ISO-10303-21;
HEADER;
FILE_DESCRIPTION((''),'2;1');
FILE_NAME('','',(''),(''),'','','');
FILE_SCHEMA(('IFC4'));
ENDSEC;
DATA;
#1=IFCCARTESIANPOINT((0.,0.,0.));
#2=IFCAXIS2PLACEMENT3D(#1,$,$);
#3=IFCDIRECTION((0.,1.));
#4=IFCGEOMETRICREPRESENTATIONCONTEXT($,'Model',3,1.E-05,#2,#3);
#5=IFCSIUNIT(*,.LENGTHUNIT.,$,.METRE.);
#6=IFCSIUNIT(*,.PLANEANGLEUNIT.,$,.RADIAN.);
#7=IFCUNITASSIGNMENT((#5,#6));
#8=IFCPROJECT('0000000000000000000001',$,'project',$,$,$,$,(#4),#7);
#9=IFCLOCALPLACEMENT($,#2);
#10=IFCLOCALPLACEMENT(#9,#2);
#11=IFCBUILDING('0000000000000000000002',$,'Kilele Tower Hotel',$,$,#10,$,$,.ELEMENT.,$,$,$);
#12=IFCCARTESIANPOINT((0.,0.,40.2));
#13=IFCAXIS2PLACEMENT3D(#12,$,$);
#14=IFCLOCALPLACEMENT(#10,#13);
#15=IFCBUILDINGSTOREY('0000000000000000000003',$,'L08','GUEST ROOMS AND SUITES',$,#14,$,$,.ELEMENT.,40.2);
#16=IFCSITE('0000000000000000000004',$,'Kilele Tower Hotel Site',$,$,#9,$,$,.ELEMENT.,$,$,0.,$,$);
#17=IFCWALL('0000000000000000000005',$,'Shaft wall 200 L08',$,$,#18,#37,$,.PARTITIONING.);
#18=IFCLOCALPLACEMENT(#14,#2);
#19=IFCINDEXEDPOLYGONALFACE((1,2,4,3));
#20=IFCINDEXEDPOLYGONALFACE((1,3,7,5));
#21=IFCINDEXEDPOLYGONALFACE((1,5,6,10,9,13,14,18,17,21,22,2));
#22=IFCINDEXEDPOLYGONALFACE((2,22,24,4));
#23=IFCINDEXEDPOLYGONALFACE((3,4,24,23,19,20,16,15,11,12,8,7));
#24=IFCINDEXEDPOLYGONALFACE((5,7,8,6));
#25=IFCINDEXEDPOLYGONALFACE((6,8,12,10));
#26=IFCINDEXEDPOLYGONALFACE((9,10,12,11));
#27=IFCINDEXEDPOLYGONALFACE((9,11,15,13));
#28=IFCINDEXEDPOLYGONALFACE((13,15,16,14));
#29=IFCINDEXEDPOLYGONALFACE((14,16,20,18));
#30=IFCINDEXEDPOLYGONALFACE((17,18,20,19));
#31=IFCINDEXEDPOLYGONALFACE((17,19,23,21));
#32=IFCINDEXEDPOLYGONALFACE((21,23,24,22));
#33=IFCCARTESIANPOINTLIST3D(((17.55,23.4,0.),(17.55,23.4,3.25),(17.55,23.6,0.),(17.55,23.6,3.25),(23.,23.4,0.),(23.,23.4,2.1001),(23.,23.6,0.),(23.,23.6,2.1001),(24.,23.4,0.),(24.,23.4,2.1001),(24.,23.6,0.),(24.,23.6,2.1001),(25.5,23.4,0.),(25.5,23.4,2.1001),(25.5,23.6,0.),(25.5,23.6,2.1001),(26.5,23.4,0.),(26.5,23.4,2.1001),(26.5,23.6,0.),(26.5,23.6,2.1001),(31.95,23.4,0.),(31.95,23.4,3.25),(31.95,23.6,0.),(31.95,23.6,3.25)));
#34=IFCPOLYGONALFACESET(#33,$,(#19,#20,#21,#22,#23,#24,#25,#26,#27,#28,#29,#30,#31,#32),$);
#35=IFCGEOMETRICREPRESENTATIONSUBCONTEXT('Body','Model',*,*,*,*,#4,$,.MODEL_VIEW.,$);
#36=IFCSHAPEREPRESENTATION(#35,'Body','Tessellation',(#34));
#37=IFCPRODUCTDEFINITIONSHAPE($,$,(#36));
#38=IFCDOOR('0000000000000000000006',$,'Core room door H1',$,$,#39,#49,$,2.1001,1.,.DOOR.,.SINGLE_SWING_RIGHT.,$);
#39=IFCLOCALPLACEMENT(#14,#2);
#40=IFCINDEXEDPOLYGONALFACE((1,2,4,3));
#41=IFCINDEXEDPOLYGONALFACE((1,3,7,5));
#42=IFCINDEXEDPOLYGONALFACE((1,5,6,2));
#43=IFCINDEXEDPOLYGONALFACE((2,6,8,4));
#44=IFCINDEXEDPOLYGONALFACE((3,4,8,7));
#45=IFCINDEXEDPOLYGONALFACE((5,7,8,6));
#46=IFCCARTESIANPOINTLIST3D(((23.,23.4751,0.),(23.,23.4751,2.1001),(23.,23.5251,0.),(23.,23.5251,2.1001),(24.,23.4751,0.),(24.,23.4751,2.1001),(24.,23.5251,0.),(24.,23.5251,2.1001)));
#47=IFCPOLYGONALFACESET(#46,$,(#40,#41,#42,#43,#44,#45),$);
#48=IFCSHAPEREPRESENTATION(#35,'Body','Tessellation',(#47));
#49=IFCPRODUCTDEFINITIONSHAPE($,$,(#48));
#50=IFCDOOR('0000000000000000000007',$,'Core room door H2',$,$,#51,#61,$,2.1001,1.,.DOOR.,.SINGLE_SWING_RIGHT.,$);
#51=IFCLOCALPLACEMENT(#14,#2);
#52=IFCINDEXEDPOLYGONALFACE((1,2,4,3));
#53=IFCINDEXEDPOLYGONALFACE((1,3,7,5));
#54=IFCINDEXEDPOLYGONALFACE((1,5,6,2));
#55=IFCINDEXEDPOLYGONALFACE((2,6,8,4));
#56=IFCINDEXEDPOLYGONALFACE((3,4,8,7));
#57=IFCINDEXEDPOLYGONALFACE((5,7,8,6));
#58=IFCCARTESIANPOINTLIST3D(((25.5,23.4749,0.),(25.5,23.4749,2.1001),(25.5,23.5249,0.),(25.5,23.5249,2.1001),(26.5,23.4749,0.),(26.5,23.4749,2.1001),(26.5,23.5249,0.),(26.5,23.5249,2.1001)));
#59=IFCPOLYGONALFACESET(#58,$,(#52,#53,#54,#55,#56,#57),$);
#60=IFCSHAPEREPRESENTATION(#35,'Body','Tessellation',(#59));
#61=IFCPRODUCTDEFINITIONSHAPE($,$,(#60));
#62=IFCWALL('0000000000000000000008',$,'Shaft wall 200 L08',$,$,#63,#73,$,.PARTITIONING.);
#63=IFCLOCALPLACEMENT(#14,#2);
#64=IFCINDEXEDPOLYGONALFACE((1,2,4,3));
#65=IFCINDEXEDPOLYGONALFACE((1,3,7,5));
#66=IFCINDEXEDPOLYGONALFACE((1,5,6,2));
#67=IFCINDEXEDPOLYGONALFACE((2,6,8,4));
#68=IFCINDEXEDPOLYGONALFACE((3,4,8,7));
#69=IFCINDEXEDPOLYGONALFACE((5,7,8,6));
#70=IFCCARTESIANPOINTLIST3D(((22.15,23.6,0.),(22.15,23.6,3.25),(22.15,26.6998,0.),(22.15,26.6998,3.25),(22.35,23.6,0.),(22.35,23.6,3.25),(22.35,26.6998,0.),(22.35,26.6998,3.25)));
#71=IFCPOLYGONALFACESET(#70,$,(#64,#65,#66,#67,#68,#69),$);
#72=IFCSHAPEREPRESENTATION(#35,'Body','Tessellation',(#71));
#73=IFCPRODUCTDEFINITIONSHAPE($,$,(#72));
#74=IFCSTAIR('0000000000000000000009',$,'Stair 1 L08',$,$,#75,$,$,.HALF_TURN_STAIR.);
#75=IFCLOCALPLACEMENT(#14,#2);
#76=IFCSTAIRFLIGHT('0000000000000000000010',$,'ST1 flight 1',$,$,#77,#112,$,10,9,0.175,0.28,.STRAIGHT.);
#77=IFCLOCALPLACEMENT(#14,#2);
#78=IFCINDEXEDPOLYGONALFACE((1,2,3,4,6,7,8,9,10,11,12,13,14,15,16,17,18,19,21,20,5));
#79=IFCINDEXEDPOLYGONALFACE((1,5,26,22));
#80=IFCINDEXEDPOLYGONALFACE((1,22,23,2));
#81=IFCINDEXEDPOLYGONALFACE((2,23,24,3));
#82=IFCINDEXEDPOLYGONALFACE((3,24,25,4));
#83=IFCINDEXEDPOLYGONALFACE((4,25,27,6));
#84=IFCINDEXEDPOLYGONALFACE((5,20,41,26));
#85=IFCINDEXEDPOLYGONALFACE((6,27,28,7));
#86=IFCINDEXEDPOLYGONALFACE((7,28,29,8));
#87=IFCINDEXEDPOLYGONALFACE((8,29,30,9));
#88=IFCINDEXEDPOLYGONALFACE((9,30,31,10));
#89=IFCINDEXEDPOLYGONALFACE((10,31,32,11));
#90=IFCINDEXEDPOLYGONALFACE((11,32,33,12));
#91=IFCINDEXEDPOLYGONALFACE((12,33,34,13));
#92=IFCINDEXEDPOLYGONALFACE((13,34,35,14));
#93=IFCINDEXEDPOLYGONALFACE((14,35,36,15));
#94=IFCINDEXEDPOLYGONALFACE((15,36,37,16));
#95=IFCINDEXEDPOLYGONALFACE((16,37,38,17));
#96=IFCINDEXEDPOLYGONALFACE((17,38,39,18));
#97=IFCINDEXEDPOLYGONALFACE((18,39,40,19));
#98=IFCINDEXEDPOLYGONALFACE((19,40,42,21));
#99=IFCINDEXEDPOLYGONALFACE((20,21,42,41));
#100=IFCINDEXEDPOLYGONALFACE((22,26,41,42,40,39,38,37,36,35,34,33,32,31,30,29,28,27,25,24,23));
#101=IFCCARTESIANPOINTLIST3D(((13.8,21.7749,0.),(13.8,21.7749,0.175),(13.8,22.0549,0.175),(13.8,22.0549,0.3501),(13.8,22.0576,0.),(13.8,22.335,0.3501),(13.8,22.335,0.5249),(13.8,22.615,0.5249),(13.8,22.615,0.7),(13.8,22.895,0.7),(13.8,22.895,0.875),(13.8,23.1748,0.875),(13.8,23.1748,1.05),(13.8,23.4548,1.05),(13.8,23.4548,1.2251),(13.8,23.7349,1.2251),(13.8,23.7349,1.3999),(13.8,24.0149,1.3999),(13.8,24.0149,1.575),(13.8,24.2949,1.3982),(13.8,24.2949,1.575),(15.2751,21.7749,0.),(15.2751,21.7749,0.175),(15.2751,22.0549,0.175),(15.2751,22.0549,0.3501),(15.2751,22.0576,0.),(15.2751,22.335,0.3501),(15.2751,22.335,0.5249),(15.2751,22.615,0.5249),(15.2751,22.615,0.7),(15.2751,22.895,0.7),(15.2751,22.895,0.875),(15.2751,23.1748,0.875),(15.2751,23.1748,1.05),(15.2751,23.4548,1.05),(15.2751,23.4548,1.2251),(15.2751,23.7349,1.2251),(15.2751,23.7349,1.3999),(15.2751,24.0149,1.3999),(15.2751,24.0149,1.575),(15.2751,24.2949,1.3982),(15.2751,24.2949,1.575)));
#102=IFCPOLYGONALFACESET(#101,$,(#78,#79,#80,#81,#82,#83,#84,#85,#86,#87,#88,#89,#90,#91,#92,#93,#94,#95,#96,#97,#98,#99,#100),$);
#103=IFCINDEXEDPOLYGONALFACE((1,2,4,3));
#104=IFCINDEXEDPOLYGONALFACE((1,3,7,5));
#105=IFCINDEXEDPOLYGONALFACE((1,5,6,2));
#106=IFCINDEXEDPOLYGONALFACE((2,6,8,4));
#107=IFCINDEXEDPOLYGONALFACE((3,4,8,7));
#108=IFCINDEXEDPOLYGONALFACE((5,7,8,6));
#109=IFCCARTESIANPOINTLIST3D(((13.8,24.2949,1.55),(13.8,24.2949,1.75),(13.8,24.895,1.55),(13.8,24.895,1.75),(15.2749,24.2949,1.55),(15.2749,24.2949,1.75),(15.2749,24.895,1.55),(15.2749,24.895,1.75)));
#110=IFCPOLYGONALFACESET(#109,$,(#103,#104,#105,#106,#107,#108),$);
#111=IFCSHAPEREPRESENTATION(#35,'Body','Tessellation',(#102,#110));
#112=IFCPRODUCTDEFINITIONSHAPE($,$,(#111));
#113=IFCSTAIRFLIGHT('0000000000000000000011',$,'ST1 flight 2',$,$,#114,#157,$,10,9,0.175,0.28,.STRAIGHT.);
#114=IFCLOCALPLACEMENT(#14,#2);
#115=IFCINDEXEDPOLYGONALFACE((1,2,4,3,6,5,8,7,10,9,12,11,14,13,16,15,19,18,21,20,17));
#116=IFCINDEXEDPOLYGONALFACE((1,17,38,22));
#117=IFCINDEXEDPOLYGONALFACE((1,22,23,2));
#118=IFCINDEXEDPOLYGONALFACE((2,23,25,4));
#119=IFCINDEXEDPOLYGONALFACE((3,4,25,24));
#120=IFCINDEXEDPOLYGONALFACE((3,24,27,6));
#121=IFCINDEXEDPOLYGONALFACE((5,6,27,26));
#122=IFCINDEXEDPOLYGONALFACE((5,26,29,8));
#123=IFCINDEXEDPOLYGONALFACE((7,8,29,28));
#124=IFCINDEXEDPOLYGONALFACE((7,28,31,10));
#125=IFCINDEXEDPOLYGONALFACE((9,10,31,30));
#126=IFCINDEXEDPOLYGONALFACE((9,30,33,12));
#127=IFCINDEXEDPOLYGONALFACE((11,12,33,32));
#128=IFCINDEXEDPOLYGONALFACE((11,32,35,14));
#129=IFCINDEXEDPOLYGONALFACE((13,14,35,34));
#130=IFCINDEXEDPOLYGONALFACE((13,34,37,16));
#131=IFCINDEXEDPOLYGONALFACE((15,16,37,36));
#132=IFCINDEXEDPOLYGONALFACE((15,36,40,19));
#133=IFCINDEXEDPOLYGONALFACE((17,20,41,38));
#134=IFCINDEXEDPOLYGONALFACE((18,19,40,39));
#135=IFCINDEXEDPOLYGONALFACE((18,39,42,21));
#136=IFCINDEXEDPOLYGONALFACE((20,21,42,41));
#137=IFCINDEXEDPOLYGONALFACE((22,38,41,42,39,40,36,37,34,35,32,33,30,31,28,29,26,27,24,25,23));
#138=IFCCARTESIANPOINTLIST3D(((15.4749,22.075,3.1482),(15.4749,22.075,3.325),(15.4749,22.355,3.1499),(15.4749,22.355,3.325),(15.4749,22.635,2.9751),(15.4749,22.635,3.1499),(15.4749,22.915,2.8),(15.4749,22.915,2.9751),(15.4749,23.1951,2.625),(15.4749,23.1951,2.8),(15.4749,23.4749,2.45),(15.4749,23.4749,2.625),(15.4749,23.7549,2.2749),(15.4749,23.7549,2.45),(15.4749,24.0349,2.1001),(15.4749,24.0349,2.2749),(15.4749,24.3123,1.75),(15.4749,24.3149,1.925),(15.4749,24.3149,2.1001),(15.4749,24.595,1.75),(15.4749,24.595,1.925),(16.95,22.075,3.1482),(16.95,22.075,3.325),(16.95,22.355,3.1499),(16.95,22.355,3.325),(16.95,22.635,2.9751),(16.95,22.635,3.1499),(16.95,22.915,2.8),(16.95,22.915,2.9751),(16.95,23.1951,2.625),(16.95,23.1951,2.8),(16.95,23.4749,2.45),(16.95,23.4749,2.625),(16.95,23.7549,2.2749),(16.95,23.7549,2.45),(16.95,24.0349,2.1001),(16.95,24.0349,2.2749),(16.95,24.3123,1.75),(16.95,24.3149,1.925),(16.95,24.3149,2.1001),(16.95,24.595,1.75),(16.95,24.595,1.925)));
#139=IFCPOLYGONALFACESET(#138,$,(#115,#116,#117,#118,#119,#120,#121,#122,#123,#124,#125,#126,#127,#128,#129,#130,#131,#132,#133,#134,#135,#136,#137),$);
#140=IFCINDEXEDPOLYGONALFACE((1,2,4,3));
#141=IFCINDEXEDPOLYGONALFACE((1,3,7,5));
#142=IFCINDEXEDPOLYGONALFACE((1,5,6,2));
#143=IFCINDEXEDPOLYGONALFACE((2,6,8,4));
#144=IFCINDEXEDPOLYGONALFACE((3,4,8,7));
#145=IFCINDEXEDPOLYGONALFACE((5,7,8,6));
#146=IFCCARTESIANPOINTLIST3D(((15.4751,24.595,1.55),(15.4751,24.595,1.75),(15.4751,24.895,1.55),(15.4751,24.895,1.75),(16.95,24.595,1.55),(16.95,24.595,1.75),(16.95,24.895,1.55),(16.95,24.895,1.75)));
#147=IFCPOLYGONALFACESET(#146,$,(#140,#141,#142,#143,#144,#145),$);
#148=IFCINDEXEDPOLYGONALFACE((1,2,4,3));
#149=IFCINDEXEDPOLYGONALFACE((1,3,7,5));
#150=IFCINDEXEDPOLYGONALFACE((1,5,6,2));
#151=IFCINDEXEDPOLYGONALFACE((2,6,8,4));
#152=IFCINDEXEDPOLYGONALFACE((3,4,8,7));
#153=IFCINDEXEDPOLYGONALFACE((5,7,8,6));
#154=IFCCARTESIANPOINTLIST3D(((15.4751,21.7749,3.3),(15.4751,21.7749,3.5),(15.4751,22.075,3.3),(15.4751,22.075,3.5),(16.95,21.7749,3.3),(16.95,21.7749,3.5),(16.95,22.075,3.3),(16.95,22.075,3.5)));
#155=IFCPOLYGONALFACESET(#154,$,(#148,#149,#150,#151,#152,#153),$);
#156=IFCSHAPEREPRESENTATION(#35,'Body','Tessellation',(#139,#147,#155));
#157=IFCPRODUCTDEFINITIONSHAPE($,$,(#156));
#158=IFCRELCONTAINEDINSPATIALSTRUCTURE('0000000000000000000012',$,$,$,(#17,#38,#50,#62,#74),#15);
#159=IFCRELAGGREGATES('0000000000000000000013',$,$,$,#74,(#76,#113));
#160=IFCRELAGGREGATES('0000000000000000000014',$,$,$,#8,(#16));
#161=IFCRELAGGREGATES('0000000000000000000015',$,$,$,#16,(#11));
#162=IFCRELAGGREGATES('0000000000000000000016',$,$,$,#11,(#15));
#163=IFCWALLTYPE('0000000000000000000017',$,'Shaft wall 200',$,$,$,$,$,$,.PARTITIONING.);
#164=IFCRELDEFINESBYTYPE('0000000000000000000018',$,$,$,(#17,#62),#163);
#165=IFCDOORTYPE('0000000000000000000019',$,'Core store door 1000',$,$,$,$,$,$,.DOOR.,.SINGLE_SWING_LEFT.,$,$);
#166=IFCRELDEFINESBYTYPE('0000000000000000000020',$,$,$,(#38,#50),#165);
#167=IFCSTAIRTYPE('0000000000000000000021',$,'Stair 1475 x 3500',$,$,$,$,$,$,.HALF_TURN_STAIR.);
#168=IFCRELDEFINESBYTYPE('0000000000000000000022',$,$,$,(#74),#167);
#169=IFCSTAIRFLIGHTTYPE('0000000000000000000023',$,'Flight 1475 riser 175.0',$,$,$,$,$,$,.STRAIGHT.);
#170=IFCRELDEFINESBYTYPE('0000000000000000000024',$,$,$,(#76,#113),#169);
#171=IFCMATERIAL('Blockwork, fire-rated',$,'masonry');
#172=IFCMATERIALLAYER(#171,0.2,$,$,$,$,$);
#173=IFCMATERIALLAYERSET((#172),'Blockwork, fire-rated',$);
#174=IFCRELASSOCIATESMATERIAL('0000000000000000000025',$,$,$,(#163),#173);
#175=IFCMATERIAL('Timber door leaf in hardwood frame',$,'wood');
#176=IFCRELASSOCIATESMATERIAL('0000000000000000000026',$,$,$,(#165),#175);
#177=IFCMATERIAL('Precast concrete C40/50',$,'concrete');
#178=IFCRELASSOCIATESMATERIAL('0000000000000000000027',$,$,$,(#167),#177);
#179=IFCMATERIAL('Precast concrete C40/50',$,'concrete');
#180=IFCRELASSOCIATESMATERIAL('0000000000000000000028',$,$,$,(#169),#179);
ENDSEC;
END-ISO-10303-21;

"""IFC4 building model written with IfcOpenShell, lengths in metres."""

from ifc_helpers import new_model, si_unit, direction, frame, frame_2d, origin, place, context, subcontext, project, spatial, polyline, rectangle, outline, extrude, material, layer, layer_set, type_object, element, fill, aggregate, save


model = new_model("IFC4")

# Units and contexts
model_context = context("Model", 3, precision=1e-05, world=origin(), true_north=direction((0.0, 1.0)))
body_context = subcontext(model_context, "Body", "Model", "MODEL_VIEW")
ifc_project = project(units=[si_unit("LENGTHUNIT", "METRE"), si_unit("PLANEANGLEUNIT", "RADIAN")], contexts=[model_context])

# Site, building, storey
site_placement = place(None, origin())
site = spatial("IfcSite", under=ifc_project, at=site_placement, Name="Kilele Tower Hotel Site", CompositionType="ELEMENT", RefElevation=0.0)
building_placement = place(site_placement, origin())
building = spatial("IfcBuilding", under=site, at=building_placement, Name="Kilele Tower Hotel", CompositionType="ELEMENT")
storey_placement = place(building_placement, frame((0.0, 0.0, 40.2)))
storey = spatial("IfcBuildingStorey", under=building, at=storey_placement, Name="L08", Description="GUEST ROOMS AND SUITES", CompositionType="ELEMENT", Elevation=40.2)

# Shared definitions
ifc_material_1 = material(Name="Blockwork, fire-rated", Category="masonry")
ifc_layer_1 = layer(ifc_material_1, 0.2)
ifc_layer_set_1 = layer_set([ifc_layer_1], Name="Blockwork, fire-rated")
wall_type_1 = type_object("IfcWallType", Name="Shaft wall 200", PredefinedType="PARTITIONING", material=ifc_layer_set_1)

# Wall, openings, doors
wall_1_placement = place(storey_placement, frame((17.55, 23.5, 0.0), z_axis=(0.0, 0.0, 1.0), x_axis=(1.0, 0.0, 0.0)))
wall_1 = element("IfcWall", 1, at=wall_1_placement, inside=storey, type_object=wall_type_1, Name="Shaft wall 200 L08", PredefinedType="PARTITIONING", context=body_context, shape_type="SweptSolid", body=[
    extrude(rectangle(XDim=14.3999, YDim=0.2, at=frame_2d((7.2, 0.0))), origin(), (0.0, 0.0, 1.0), 3.25),
])
opening_1_placement = place(wall_1_placement, frame((6.45, 0.0, 0.0), z_axis=(0.0, 0.0, 1.0), x_axis=(-1.0, 0.0, 0.0)))
opening_1 = element("IfcOpeningElement", 2, at=opening_1_placement, cuts=wall_1, PredefinedType="OPENING", context=body_context, shape_type="SweptSolid", body=[
    extrude(rectangle(XDim=1.0, YDim=2.1001, at=frame_2d((0.5, 1.05))), frame((0.0, 0.1099, 0.0), z_axis=(0.0, -1.0, 0.0), x_axis=(1.0, 0.0, 0.0)), (0.0, 0.0, 1.0), 0.22),
])
opening_2_placement = place(wall_1_placement, frame((7.95, 0.0, 0.0)))
opening_2 = element("IfcOpeningElement", 3, at=opening_2_placement, cuts=wall_1, PredefinedType="OPENING", context=body_context, shape_type="SweptSolid", body=[
    extrude(rectangle(XDim=1.0, YDim=2.1001, at=frame_2d((0.5, 1.05))), frame((0.0, 0.1099, 0.0), z_axis=(0.0, -1.0, 0.0), x_axis=(1.0, 0.0, 0.0)), (0.0, 0.0, 1.0), 0.22),
])
ifc_material_2 = material(Name="Timber door leaf in hardwood frame", Category="wood")
door_type_1 = type_object("IfcDoorType", Name="Core store door 1000", OperationType="SINGLE_SWING_LEFT", PredefinedType="DOOR", material=ifc_material_2)
door_1_placement = place(opening_1_placement, origin())
door_1 = element("IfcDoor", 4, at=door_1_placement, inside=storey, type_object=door_type_1, Name="Core room door H1", OperationType="SINGLE_SWING_RIGHT", OverallHeight=2.1001, OverallWidth=1.0, PredefinedType="DOOR", context=body_context, shape_type="SweptSolid", body=[
    extrude(rectangle(XDim=1.0, YDim=2.1001, at=frame_2d((0.5, 1.05))), frame((0.0, 0.0249, 0.0), z_axis=(0.0, -1.0, 0.0), x_axis=(1.0, 0.0, 0.0)), (0.0, 0.0, 1.0), 0.05),
])
fill(opening_1, door_1)
door_2_placement = place(opening_2_placement, origin())
door_2 = element("IfcDoor", 5, at=door_2_placement, inside=storey, type_object=door_type_1, Name="Core room door H2", OperationType="SINGLE_SWING_RIGHT", OverallHeight=2.1001, OverallWidth=1.0, PredefinedType="DOOR", context=body_context, shape_type="SweptSolid", body=[
    extrude(rectangle(XDim=1.0, YDim=2.1001, at=frame_2d((0.5, 1.05))), frame((0.0, 0.0249, 0.0), z_axis=(0.0, -1.0, 0.0), x_axis=(1.0, 0.0, 0.0)), (0.0, 0.0, 1.0), 0.05),
])
fill(opening_2, door_2)

# Wall
wall_2_placement = place(storey_placement, frame((22.25, 23.6001, 0.0), z_axis=(0.0, 0.0, 1.0), x_axis=(0.0, 1.0, 0.0)))
element("IfcWall", 6, at=wall_2_placement, inside=storey, type_object=wall_type_1, Name="Shaft wall 200 L08", PredefinedType="PARTITIONING", context=body_context, shape_type="SweptSolid", body=[
    extrude(rectangle(XDim=3.0999, YDim=0.2, at=frame_2d((1.5498, 0.0))), origin(), (0.0, 0.0, 1.0), 3.25),
])

# Stair, stair flights
ifc_material_3 = material(Name="Precast concrete C40/50", Category="concrete")
stair_type = type_object("IfcStairType", Name="Stair 1475 x 3500", PredefinedType="HALF_TURN_STAIR", material=ifc_material_3)
stair_placement = place(storey_placement, origin())
stair = element("IfcStair", 7, at=stair_placement, inside=storey, type_object=stair_type, Name="Stair 1 L08", PredefinedType="HALF_TURN_STAIR")
ifc_material_4 = material(Name="Precast concrete C40/50", Category="concrete")
stair_flight_type = type_object("IfcStairFlightType", Name="Flight 1475 riser 175.0", PredefinedType="STRAIGHT", material=ifc_material_4)
stair_flight_1_placement = place(storey_placement, frame((14.5376, 21.7749, 0.0), z_axis=(0.0, 0.0, 1.0), x_axis=(0.0, 1.0, 0.0)))
stair_flight_1 = element("IfcStairFlight", 8, at=stair_flight_1_placement, type_object=stair_flight_type, Name="ST1 flight 1", NumberOfRisers=10, NumberOfTreads=9, PredefinedType="STRAIGHT", RiserHeight=0.175, TreadLength=0.28, context=body_context, shape_type="SweptSolid", body=[
    extrude(outline(polyline([(0.0, 0.0), (0.0, 0.175), (0.28, 0.175), (0.28, 0.3501), (0.5601, 0.3501), (0.5601, 0.5249), (0.8401, 0.5249), (0.8401, 0.7), (1.1201, 0.7), (1.1201, 0.875), (1.3999, 0.875), (1.3999, 1.05), (1.6799, 1.05), (1.6799, 1.2251), (1.96, 1.2251), (1.96, 1.3999), (2.24, 1.3999), (2.24, 1.575), (2.52, 1.575), (2.52, 1.75), (2.52, 1.3982), (0.2827, 0.0), (0.0, 0.0)])), frame((0.0, 0.7375, 0.0), z_axis=(0.0, -1.0, 0.0), x_axis=(1.0, 0.0, 0.0)), (0.0, 0.0, 1.0), 1.4751),
    extrude(outline(polyline([(2.52, 0.7375), (2.52, -0.7373), (3.1201, -0.7373), (3.1201, 0.7375), (2.52, 0.7375)])), frame((0.0, 0.0, 1.55)), (0.0, 0.0, 1.0), 0.2),
])
stair_flight_2_placement = place(storey_placement, frame((16.2124, 24.595, 1.75), z_axis=(0.0, 0.0, 1.0), x_axis=(0.0, -1.0, 0.0)))
stair_flight_2 = element("IfcStairFlight", 9, at=stair_flight_2_placement, type_object=stair_flight_type, Name="ST1 flight 2", NumberOfRisers=10, NumberOfTreads=9, PredefinedType="STRAIGHT", RiserHeight=0.175, TreadLength=0.28, context=body_context, shape_type="SweptSolid", body=[
    extrude(outline(polyline([(0.0, 0.0), (0.0, 0.175), (0.28, 0.175), (0.28, 0.3501), (0.5601, 0.3501), (0.5601, 0.5249), (0.8401, 0.5249), (0.8401, 0.7), (1.1201, 0.7), (1.1201, 0.875), (1.3999, 0.875), (1.3999, 1.05), (1.6799, 1.05), (1.6799, 1.2251), (1.96, 1.2251), (1.96, 1.3999), (2.24, 1.3999), (2.24, 1.575), (2.52, 1.575), (2.52, 1.75), (2.52, 1.3982), (0.2827, 0.0), (0.0, 0.0)])), frame((0.0, 0.7375, 0.0), z_axis=(0.0, -1.0, 0.0), x_axis=(1.0, 0.0, 0.0)), (0.0, 0.0, 1.0), 1.4751),
    extrude(outline(polyline([(0.0, -0.7373), (0.0, 0.7375), (-0.3, 0.7375), (-0.3, -0.7373), (0.0, -0.7373)])), frame((0.0, 0.0, -0.2)), (0.0, 0.0, 1.0), 0.2),
    extrude(outline(polyline([(2.8201, -0.7373), (2.8201, 0.7375), (2.52, 0.7375), (2.52, -0.7373), (2.8201, -0.7373)])), frame((0.0, 0.0, 1.55)), (0.0, 0.0, 1.0), 0.2),
])
aggregate(stair, [stair_flight_1, stair_flight_2])

save(model, "model.ifc")
